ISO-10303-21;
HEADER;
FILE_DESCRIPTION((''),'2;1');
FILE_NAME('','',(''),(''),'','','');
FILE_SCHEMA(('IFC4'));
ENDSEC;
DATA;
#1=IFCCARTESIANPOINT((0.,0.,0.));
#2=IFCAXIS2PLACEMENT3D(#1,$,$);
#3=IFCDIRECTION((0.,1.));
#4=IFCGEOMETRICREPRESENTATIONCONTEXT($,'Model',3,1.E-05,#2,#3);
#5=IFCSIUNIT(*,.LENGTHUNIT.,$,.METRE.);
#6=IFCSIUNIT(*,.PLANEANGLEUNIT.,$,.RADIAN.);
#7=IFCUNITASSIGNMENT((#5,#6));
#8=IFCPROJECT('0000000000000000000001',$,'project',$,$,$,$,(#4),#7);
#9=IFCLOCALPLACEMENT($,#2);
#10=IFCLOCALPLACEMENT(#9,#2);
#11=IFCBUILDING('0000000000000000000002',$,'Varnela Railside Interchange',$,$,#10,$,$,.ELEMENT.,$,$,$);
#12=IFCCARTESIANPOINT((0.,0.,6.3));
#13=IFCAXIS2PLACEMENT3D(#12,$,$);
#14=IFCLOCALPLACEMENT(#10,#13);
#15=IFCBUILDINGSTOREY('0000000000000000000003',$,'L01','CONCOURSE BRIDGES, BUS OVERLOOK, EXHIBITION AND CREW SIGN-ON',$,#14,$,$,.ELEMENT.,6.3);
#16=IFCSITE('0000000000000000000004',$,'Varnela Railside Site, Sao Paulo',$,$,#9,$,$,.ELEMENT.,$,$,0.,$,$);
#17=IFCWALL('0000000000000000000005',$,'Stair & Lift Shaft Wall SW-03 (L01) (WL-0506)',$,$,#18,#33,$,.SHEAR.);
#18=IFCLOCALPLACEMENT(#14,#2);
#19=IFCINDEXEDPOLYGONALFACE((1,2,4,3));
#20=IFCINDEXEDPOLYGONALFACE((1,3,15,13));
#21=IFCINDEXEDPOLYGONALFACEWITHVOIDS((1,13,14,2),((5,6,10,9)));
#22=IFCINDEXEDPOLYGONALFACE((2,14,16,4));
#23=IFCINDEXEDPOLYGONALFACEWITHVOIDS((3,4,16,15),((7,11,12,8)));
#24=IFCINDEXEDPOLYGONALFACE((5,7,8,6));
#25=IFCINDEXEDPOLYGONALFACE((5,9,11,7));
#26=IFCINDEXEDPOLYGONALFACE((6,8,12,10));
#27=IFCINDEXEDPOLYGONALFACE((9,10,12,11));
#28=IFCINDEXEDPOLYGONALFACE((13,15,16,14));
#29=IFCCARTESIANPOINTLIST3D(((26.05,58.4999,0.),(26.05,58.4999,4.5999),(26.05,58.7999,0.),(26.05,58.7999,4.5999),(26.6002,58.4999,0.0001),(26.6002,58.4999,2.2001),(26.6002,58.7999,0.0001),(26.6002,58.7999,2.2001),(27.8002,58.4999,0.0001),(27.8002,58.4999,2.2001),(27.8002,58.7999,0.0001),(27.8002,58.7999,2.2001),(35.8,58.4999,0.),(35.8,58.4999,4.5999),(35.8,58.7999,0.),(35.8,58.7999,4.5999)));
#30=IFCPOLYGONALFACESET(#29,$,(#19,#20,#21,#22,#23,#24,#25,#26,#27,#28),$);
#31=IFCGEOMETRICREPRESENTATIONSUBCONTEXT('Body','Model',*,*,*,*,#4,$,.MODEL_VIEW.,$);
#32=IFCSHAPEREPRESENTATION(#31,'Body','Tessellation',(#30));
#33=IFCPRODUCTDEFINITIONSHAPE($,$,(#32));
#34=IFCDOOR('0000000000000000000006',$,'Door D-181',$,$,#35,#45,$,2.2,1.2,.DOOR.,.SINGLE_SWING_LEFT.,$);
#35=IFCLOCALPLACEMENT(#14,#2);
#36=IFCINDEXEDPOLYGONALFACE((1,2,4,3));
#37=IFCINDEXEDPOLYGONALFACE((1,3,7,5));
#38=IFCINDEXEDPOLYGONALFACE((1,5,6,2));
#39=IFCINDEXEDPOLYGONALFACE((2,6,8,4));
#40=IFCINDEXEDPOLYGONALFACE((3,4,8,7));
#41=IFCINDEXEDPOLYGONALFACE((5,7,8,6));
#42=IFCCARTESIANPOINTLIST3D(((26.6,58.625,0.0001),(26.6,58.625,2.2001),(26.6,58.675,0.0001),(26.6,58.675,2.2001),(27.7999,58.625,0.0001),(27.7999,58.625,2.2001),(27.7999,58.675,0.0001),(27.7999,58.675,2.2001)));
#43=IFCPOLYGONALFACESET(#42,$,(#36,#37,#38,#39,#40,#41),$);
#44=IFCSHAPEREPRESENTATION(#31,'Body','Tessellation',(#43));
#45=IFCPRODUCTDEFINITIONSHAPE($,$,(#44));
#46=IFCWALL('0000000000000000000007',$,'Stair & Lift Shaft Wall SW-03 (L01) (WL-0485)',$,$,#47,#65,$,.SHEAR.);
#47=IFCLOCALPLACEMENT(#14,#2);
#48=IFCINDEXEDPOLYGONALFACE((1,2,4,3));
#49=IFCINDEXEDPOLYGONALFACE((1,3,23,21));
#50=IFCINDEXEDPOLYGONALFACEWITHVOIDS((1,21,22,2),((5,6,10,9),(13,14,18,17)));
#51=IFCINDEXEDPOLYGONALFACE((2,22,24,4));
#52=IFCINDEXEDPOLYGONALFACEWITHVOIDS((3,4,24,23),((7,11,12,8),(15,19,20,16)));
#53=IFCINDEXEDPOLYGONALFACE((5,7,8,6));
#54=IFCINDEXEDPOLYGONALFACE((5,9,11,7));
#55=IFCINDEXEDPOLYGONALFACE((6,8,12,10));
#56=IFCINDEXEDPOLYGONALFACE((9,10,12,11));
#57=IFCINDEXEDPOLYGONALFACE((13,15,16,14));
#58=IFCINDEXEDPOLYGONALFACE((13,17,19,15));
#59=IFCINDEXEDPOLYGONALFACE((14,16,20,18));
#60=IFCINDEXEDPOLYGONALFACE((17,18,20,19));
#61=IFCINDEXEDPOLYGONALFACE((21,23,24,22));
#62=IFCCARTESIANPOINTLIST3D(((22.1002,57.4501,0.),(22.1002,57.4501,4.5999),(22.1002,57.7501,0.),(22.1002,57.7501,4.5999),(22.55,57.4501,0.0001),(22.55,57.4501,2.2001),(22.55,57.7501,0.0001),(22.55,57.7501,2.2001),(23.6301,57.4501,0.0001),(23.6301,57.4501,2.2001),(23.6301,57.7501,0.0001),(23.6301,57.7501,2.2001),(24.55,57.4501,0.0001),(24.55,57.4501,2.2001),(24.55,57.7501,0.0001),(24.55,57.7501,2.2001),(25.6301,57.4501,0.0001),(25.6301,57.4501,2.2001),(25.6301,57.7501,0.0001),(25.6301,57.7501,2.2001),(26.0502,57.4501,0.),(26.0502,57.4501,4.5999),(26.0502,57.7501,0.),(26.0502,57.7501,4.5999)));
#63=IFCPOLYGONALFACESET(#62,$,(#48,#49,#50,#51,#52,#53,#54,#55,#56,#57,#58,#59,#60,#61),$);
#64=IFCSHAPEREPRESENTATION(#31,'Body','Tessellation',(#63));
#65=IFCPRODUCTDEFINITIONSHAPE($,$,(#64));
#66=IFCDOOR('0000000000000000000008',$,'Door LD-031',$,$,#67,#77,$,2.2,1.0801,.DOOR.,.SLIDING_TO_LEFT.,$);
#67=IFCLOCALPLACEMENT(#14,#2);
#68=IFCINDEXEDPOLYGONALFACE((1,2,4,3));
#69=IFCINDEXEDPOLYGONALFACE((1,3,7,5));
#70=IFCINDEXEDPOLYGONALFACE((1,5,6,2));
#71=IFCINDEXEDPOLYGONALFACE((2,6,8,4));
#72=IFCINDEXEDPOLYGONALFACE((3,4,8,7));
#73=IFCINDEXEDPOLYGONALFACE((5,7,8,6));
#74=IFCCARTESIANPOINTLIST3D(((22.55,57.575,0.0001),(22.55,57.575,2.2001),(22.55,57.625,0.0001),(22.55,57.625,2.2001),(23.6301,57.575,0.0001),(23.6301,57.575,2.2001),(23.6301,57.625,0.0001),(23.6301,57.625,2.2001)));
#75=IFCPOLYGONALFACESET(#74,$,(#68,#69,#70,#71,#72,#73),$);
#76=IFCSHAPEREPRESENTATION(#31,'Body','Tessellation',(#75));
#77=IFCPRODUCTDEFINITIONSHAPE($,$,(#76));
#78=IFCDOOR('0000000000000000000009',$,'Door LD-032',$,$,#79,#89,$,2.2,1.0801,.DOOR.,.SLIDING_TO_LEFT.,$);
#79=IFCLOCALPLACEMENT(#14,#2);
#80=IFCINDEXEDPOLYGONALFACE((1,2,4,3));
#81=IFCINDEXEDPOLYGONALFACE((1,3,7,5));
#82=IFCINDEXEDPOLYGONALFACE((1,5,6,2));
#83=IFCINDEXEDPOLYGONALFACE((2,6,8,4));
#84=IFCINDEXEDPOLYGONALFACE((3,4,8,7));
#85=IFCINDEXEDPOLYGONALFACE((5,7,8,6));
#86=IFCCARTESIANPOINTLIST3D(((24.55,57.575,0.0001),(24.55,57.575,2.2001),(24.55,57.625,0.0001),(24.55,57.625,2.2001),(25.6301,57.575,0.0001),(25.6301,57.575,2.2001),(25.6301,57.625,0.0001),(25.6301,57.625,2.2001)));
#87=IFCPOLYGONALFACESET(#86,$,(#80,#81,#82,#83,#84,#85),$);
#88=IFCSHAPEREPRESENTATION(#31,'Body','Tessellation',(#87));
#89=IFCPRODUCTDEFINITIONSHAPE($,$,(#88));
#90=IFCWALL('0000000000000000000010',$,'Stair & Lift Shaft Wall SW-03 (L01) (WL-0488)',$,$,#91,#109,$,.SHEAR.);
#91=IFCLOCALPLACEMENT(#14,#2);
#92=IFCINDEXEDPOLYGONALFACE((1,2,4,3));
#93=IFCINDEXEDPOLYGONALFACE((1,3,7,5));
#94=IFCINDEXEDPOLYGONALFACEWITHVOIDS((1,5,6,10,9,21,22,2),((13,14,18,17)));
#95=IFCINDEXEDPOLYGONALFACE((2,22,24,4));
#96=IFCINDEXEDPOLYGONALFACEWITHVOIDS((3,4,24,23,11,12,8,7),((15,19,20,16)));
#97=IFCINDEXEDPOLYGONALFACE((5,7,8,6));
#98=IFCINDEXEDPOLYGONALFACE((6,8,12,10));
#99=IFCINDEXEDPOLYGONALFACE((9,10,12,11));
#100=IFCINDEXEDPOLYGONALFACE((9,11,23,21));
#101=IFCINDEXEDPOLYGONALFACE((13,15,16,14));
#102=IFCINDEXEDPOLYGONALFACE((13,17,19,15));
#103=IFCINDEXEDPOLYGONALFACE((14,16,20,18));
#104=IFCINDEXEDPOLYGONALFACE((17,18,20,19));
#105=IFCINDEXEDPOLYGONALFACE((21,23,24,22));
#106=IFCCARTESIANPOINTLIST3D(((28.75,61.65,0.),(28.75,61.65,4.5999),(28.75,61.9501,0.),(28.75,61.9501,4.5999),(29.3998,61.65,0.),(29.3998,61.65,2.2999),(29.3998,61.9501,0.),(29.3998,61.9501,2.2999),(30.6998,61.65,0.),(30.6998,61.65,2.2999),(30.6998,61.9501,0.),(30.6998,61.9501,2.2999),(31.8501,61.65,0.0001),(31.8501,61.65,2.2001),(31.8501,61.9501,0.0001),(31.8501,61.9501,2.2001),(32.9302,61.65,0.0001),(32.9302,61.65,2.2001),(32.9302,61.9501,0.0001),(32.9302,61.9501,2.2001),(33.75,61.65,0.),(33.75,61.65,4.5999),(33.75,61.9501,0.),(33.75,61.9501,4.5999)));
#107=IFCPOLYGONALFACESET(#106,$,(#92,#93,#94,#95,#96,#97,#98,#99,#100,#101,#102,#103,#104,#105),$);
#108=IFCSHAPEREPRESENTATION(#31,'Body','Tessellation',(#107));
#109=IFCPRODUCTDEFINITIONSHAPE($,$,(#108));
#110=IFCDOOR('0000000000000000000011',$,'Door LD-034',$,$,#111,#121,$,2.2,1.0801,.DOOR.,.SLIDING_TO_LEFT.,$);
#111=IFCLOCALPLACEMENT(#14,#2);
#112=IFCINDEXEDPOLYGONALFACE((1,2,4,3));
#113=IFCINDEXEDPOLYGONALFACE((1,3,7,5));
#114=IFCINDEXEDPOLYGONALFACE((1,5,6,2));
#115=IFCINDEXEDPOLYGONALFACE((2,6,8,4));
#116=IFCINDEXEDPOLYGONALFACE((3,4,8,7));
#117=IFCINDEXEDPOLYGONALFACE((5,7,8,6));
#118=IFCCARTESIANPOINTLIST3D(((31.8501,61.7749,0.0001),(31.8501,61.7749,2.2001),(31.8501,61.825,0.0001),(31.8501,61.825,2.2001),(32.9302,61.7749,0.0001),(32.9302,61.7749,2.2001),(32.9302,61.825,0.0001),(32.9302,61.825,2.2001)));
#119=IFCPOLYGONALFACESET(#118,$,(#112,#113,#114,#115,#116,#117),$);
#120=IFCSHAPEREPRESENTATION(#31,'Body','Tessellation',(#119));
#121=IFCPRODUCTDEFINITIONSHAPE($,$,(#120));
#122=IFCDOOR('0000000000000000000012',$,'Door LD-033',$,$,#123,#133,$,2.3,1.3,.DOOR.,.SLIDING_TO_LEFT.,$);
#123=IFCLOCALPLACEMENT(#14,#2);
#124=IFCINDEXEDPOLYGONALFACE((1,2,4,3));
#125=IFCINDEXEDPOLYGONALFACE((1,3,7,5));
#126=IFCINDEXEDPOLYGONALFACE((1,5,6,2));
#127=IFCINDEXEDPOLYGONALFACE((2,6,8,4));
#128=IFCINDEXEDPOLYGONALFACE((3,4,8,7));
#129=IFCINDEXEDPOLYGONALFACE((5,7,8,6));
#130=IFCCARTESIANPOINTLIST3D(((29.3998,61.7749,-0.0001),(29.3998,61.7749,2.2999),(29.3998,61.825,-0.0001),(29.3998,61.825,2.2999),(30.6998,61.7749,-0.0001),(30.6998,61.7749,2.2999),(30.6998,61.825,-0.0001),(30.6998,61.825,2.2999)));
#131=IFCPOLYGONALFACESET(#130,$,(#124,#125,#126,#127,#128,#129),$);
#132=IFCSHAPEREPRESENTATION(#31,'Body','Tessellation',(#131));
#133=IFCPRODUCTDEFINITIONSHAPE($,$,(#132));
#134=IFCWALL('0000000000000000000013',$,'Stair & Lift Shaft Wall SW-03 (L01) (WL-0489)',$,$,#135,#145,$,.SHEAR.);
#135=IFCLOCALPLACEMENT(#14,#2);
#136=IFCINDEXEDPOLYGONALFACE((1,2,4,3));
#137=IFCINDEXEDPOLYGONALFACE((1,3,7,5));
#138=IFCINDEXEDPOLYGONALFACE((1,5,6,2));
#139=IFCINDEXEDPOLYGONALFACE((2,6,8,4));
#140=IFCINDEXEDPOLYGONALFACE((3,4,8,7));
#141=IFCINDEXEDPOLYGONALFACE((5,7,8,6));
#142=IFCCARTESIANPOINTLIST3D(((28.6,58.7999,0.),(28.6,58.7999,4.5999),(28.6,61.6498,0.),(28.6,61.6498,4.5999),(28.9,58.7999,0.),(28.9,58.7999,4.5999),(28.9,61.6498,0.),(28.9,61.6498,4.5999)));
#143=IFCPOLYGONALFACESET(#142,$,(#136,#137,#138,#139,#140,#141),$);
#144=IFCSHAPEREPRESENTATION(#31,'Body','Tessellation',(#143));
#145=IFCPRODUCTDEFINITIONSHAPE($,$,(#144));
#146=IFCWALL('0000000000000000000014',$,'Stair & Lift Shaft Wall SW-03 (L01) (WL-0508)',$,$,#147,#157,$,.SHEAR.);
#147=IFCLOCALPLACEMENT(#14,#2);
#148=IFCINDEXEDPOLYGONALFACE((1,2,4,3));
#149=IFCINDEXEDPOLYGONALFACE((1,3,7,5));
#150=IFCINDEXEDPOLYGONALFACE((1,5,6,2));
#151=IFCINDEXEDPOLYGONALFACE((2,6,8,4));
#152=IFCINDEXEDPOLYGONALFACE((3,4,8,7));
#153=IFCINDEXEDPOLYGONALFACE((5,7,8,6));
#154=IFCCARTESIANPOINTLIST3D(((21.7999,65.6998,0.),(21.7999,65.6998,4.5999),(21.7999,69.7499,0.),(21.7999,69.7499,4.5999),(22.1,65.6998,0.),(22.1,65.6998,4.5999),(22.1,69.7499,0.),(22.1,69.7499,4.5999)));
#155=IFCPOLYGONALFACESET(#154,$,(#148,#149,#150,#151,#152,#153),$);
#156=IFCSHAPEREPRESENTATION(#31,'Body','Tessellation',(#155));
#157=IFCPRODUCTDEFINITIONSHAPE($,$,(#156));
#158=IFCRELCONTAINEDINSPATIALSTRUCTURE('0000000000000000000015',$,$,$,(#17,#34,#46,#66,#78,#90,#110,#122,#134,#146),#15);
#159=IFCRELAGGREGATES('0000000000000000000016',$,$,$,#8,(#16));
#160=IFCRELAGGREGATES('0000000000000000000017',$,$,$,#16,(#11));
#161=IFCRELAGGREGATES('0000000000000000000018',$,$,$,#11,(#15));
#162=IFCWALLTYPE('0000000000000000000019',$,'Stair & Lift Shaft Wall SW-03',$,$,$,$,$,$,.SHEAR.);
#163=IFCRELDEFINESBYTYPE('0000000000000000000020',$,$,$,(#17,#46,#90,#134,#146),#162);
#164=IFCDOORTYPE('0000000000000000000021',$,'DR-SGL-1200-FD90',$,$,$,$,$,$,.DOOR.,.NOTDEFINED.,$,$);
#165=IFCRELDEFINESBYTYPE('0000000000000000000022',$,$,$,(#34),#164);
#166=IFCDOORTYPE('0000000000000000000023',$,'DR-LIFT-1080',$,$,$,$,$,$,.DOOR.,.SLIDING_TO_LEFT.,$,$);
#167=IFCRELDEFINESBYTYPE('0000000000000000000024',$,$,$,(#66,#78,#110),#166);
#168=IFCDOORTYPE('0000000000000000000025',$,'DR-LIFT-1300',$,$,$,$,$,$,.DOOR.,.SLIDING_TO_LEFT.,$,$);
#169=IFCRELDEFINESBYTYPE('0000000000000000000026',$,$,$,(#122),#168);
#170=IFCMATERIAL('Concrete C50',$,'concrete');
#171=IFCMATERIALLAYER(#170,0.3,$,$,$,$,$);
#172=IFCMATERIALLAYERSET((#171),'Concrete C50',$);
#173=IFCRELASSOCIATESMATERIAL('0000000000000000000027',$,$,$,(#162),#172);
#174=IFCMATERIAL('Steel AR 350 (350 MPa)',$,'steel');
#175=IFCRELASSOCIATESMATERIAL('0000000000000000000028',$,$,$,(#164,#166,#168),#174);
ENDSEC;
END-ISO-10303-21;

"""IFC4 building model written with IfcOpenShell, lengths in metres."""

from ifc_helpers import new_model, si_unit, direction, frame, frame_2d, origin, place, context, subcontext, project, spatial, rectangle, extrude, material, layer, layer_set, type_object, element, fill, save


model = new_model("IFC4")

# Units and contexts
model_context = context("Model", 3, precision=1e-05, world=origin(), true_north=direction((0.0, 1.0)))
body_context = subcontext(model_context, "Body", "Model", "MODEL_VIEW")
ifc_project = project(units=[si_unit("LENGTHUNIT", "METRE"), si_unit("PLANEANGLEUNIT", "RADIAN")], contexts=[model_context])

# Site, building, storey
site_placement = place(None, origin())
site = spatial("IfcSite", under=ifc_project, at=site_placement, Name="Varnela Railside Site, Sao Paulo", CompositionType="ELEMENT", RefElevation=0.0)
building_placement = place(site_placement, origin())
building = spatial("IfcBuilding", under=site, at=building_placement, Name="Varnela Railside Interchange", CompositionType="ELEMENT")
storey_placement = place(building_placement, frame((0.0, 0.0, 6.3)))
storey = spatial("IfcBuildingStorey", under=building, at=storey_placement, Name="L01", Description="CONCOURSE BRIDGES, BUS OVERLOOK, EXHIBITION AND CREW SIGN-ON", CompositionType="ELEMENT", Elevation=6.3)

# Wall, opening, door
ifc_material_1 = material(Name="Concrete C50", Category="concrete")
ifc_layer = layer(ifc_material_1, 0.3)
ifc_layer_set = layer_set([ifc_layer], Name="Concrete C50")
wall_type = type_object("IfcWallType", Name="Stair & Lift Shaft Wall SW-03", PredefinedType="SHEAR", material=ifc_layer_set)
wall_1_placement = place(storey_placement, frame((26.05, 58.6499, 0.0), z_axis=(0.0, 0.0, 1.0), x_axis=(1.0, 0.0, 0.0)))
wall_1 = element("IfcWall", 1, at=wall_1_placement, inside=storey, type_object=wall_type, Name="Stair & Lift Shaft Wall SW-03 (L01) (WL-0506)", PredefinedType="SHEAR", context=body_context, shape_type="SweptSolid", body=[
    extrude(rectangle(XDim=9.75, YDim=0.3, at=frame_2d((4.875, 0.0))), origin(), (0.0, 0.0, 1.0), 4.5999),
])
opening_1_placement = place(wall_1_placement, frame((0.55, 0.0, 0.0)))
opening_1 = element("IfcOpeningElement", 2, at=opening_1_placement, cuts=wall_1, PredefinedType="OPENING", context=body_context, shape_type="SweptSolid", body=[
    extrude(rectangle(XDim=1.2, YDim=2.2, at=frame_2d((0.6001, 1.1001))), frame((0.0, 0.1599, 0.0), z_axis=(0.0, -1.0, 0.0), x_axis=(1.0, 0.0, 0.0)), (0.0, 0.0, 1.0), 0.3201),
])
ifc_material_2 = material(Name="Steel AR 350 (350 MPa)", Category="steel")
door_type_1 = type_object("IfcDoorType", Name="DR-SGL-1200-FD90", OperationType="NOTDEFINED", PredefinedType="DOOR", material=ifc_material_2)
door_1_placement = place(opening_1_placement, frame((1.2, 0.0, 0.0), z_axis=(0.0, 0.0, 1.0), x_axis=(-1.0, 0.0, 0.0)))
door_1 = element("IfcDoor", 3, at=door_1_placement, inside=storey, type_object=door_type_1, Name="Door D-181", OperationType="SINGLE_SWING_LEFT", OverallHeight=2.2, OverallWidth=1.2, PredefinedType="DOOR", context=body_context, shape_type="SweptSolid", body=[
    extrude(rectangle(XDim=1.2, YDim=2.2, at=frame_2d((0.6001, 1.1001))), frame((0.0, 0.0249, 0.0), z_axis=(0.0, -1.0, 0.0), x_axis=(1.0, 0.0, 0.0)), (0.0, 0.0, 1.0), 0.05),
])
fill(opening_1, door_1)

# Walls, openings, doors
wall_2_placement = place(storey_placement, frame((22.1001, 57.6001, 0.0), z_axis=(0.0, 0.0, 1.0), x_axis=(1.0, 0.0, 0.0)))
wall_2 = element("IfcWall", 4, at=wall_2_placement, inside=storey, type_object=wall_type, Name="Stair & Lift Shaft Wall SW-03 (L01) (WL-0485)", PredefinedType="SHEAR", context=body_context, shape_type="SweptSolid", body=[
    extrude(rectangle(XDim=3.95, YDim=0.3, at=frame_2d((1.9751, 0.0))), origin(), (0.0, 0.0, 1.0), 4.5999),
])
opening_2_placement = place(wall_2_placement, frame((0.45, 0.0, 0.0)))
opening_2 = element("IfcOpeningElement", 5, at=opening_2_placement, cuts=wall_2, PredefinedType="OPENING", context=body_context, shape_type="SweptSolid", body=[
    extrude(rectangle(XDim=1.0801, YDim=2.2, at=frame_2d((0.54, 1.1001))), frame((0.0, 0.1599, 0.0), z_axis=(0.0, -1.0, 0.0), x_axis=(1.0, 0.0, 0.0)), (0.0, 0.0, 1.0), 0.3201),
])
opening_3_placement = place(wall_2_placement, frame((2.45, 0.0, 0.0)))
opening_3 = element("IfcOpeningElement", 6, at=opening_3_placement, cuts=wall_2, PredefinedType="OPENING", context=body_context, shape_type="SweptSolid", body=[
    extrude(rectangle(XDim=1.0801, YDim=2.2, at=frame_2d((0.54, 1.1001))), frame((0.0, 0.1599, 0.0), z_axis=(0.0, -1.0, 0.0), x_axis=(1.0, 0.0, 0.0)), (0.0, 0.0, 1.0), 0.3201),
])
door_type_2 = type_object("IfcDoorType", Name="DR-LIFT-1080", OperationType="SLIDING_TO_LEFT", PredefinedType="DOOR", material=ifc_material_2)
door_2_placement = place(opening_2_placement, origin())
door_2 = element("IfcDoor", 7, at=door_2_placement, inside=storey, type_object=door_type_2, Name="Door LD-031", OperationType="SLIDING_TO_LEFT", OverallHeight=2.2, OverallWidth=1.0801, PredefinedType="DOOR", context=body_context, shape_type="SweptSolid", body=[
    extrude(rectangle(XDim=1.0801, YDim=2.2, at=frame_2d((0.54, 1.1001))), frame((0.0, 0.0249, 0.0), z_axis=(0.0, -1.0, 0.0), x_axis=(1.0, 0.0, 0.0)), (0.0, 0.0, 1.0), 0.05),
])
fill(opening_2, door_2)
door_3_placement = place(opening_3_placement, origin())
door_3 = element("IfcDoor", 8, at=door_3_placement, inside=storey, type_object=door_type_2, Name="Door LD-032", OperationType="SLIDING_TO_LEFT", OverallHeight=2.2, OverallWidth=1.0801, PredefinedType="DOOR", context=body_context, shape_type="SweptSolid", body=[
    extrude(rectangle(XDim=1.0801, YDim=2.2, at=frame_2d((0.54, 1.1001))), frame((0.0, 0.0249, 0.0), z_axis=(0.0, -1.0, 0.0), x_axis=(1.0, 0.0, 0.0)), (0.0, 0.0, 1.0), 0.05),
])
fill(opening_3, door_3)
wall_3_placement = place(storey_placement, frame((28.75, 61.8, 0.0), z_axis=(0.0, 0.0, 1.0), x_axis=(1.0, 0.0, 0.0)))
wall_3 = element("IfcWall", 9, at=wall_3_placement, inside=storey, type_object=wall_type, Name="Stair & Lift Shaft Wall SW-03 (L01) (WL-0488)", PredefinedType="SHEAR", context=body_context, shape_type="SweptSolid", body=[
    extrude(rectangle(XDim=5.0, YDim=0.3, at=frame_2d((2.5, 0.0))), origin(), (0.0, 0.0, 1.0), 4.5999),
])
opening_4_placement = place(wall_3_placement, frame((0.6499, 0.0, 0.0)))
opening_4 = element("IfcOpeningElement", 10, at=opening_4_placement, cuts=wall_3, PredefinedType="OPENING", context=body_context, shape_type="SweptSolid", body=[
    extrude(rectangle(XDim=1.3, YDim=2.3, at=frame_2d((0.6499, 1.1499))), frame((0.0, 0.1599, 0.0), z_axis=(0.0, -1.0, 0.0), x_axis=(1.0, 0.0, 0.0)), (0.0, 0.0, 1.0), 0.3201),
])
opening_5_placement = place(wall_3_placement, frame((3.1001, 0.0, 0.0)))
opening_5 = element("IfcOpeningElement", 11, at=opening_5_placement, cuts=wall_3, PredefinedType="OPENING", context=body_context, shape_type="SweptSolid", body=[
    extrude(rectangle(XDim=1.0801, YDim=2.2, at=frame_2d((0.54, 1.1001))), frame((0.0, 0.1599, 0.0), z_axis=(0.0, -1.0, 0.0), x_axis=(1.0, 0.0, 0.0)), (0.0, 0.0, 1.0), 0.3201),
])
door_4_placement = place(opening_5_placement, origin())
door_4 = element("IfcDoor", 12, at=door_4_placement, inside=storey, type_object=door_type_2, Name="Door LD-034", OperationType="SLIDING_TO_LEFT", OverallHeight=2.2, OverallWidth=1.0801, PredefinedType="DOOR", context=body_context, shape_type="SweptSolid", body=[
    extrude(rectangle(XDim=1.0801, YDim=2.2, at=frame_2d((0.54, 1.1001))), frame((0.0, 0.0249, 0.0), z_axis=(0.0, -1.0, 0.0), x_axis=(1.0, 0.0, 0.0)), (0.0, 0.0, 1.0), 0.05),
])
fill(opening_5, door_4)
door_type_3 = type_object("IfcDoorType", Name="DR-LIFT-1300", OperationType="SLIDING_TO_LEFT", PredefinedType="DOOR", material=ifc_material_2)
door_5_placement = place(opening_4_placement, origin())
door_5 = element("IfcDoor", 13, at=door_5_placement, inside=storey, type_object=door_type_3, Name="Door LD-033", OperationType="SLIDING_TO_LEFT", OverallHeight=2.3, OverallWidth=1.3, PredefinedType="DOOR", context=body_context, shape_type="SweptSolid", body=[
    extrude(rectangle(XDim=1.3, YDim=2.3, at=frame_2d((0.6499, 1.1499))), frame((0.0, 0.0249, 0.0), z_axis=(0.0, -1.0, 0.0), x_axis=(1.0, 0.0, 0.0)), (0.0, 0.0, 1.0), 0.05),
])
fill(opening_4, door_5)

# Walls
wall_4_placement = place(storey_placement, frame((28.75, 58.8, 0.0), z_axis=(0.0, 0.0, 1.0), x_axis=(0.0, 1.0, 0.0)))
element("IfcWall", 14, at=wall_4_placement, inside=storey, type_object=wall_type, Name="Stair & Lift Shaft Wall SW-03 (L01) (WL-0489)", PredefinedType="SHEAR", context=body_context, shape_type="SweptSolid", body=[
    extrude(rectangle(XDim=2.8499, YDim=0.3, at=frame_2d((1.4248, 0.0))), origin(), (0.0, 0.0, 1.0), 4.5999),
])
wall_5_placement = place(storey_placement, frame((21.95, 65.7, 0.0), z_axis=(0.0, 0.0, 1.0), x_axis=(0.0, 1.0, 0.0)))
element("IfcWall", 15, at=wall_5_placement, inside=storey, type_object=wall_type, Name="Stair & Lift Shaft Wall SW-03 (L01) (WL-0508)", PredefinedType="SHEAR", context=body_context, shape_type="SweptSolid", body=[
    extrude(rectangle(XDim=4.05, YDim=0.3, at=frame_2d((2.0249, 0.0))), origin(), (0.0, 0.0, 1.0), 4.5999),
])

save(model, "model.ifc")
